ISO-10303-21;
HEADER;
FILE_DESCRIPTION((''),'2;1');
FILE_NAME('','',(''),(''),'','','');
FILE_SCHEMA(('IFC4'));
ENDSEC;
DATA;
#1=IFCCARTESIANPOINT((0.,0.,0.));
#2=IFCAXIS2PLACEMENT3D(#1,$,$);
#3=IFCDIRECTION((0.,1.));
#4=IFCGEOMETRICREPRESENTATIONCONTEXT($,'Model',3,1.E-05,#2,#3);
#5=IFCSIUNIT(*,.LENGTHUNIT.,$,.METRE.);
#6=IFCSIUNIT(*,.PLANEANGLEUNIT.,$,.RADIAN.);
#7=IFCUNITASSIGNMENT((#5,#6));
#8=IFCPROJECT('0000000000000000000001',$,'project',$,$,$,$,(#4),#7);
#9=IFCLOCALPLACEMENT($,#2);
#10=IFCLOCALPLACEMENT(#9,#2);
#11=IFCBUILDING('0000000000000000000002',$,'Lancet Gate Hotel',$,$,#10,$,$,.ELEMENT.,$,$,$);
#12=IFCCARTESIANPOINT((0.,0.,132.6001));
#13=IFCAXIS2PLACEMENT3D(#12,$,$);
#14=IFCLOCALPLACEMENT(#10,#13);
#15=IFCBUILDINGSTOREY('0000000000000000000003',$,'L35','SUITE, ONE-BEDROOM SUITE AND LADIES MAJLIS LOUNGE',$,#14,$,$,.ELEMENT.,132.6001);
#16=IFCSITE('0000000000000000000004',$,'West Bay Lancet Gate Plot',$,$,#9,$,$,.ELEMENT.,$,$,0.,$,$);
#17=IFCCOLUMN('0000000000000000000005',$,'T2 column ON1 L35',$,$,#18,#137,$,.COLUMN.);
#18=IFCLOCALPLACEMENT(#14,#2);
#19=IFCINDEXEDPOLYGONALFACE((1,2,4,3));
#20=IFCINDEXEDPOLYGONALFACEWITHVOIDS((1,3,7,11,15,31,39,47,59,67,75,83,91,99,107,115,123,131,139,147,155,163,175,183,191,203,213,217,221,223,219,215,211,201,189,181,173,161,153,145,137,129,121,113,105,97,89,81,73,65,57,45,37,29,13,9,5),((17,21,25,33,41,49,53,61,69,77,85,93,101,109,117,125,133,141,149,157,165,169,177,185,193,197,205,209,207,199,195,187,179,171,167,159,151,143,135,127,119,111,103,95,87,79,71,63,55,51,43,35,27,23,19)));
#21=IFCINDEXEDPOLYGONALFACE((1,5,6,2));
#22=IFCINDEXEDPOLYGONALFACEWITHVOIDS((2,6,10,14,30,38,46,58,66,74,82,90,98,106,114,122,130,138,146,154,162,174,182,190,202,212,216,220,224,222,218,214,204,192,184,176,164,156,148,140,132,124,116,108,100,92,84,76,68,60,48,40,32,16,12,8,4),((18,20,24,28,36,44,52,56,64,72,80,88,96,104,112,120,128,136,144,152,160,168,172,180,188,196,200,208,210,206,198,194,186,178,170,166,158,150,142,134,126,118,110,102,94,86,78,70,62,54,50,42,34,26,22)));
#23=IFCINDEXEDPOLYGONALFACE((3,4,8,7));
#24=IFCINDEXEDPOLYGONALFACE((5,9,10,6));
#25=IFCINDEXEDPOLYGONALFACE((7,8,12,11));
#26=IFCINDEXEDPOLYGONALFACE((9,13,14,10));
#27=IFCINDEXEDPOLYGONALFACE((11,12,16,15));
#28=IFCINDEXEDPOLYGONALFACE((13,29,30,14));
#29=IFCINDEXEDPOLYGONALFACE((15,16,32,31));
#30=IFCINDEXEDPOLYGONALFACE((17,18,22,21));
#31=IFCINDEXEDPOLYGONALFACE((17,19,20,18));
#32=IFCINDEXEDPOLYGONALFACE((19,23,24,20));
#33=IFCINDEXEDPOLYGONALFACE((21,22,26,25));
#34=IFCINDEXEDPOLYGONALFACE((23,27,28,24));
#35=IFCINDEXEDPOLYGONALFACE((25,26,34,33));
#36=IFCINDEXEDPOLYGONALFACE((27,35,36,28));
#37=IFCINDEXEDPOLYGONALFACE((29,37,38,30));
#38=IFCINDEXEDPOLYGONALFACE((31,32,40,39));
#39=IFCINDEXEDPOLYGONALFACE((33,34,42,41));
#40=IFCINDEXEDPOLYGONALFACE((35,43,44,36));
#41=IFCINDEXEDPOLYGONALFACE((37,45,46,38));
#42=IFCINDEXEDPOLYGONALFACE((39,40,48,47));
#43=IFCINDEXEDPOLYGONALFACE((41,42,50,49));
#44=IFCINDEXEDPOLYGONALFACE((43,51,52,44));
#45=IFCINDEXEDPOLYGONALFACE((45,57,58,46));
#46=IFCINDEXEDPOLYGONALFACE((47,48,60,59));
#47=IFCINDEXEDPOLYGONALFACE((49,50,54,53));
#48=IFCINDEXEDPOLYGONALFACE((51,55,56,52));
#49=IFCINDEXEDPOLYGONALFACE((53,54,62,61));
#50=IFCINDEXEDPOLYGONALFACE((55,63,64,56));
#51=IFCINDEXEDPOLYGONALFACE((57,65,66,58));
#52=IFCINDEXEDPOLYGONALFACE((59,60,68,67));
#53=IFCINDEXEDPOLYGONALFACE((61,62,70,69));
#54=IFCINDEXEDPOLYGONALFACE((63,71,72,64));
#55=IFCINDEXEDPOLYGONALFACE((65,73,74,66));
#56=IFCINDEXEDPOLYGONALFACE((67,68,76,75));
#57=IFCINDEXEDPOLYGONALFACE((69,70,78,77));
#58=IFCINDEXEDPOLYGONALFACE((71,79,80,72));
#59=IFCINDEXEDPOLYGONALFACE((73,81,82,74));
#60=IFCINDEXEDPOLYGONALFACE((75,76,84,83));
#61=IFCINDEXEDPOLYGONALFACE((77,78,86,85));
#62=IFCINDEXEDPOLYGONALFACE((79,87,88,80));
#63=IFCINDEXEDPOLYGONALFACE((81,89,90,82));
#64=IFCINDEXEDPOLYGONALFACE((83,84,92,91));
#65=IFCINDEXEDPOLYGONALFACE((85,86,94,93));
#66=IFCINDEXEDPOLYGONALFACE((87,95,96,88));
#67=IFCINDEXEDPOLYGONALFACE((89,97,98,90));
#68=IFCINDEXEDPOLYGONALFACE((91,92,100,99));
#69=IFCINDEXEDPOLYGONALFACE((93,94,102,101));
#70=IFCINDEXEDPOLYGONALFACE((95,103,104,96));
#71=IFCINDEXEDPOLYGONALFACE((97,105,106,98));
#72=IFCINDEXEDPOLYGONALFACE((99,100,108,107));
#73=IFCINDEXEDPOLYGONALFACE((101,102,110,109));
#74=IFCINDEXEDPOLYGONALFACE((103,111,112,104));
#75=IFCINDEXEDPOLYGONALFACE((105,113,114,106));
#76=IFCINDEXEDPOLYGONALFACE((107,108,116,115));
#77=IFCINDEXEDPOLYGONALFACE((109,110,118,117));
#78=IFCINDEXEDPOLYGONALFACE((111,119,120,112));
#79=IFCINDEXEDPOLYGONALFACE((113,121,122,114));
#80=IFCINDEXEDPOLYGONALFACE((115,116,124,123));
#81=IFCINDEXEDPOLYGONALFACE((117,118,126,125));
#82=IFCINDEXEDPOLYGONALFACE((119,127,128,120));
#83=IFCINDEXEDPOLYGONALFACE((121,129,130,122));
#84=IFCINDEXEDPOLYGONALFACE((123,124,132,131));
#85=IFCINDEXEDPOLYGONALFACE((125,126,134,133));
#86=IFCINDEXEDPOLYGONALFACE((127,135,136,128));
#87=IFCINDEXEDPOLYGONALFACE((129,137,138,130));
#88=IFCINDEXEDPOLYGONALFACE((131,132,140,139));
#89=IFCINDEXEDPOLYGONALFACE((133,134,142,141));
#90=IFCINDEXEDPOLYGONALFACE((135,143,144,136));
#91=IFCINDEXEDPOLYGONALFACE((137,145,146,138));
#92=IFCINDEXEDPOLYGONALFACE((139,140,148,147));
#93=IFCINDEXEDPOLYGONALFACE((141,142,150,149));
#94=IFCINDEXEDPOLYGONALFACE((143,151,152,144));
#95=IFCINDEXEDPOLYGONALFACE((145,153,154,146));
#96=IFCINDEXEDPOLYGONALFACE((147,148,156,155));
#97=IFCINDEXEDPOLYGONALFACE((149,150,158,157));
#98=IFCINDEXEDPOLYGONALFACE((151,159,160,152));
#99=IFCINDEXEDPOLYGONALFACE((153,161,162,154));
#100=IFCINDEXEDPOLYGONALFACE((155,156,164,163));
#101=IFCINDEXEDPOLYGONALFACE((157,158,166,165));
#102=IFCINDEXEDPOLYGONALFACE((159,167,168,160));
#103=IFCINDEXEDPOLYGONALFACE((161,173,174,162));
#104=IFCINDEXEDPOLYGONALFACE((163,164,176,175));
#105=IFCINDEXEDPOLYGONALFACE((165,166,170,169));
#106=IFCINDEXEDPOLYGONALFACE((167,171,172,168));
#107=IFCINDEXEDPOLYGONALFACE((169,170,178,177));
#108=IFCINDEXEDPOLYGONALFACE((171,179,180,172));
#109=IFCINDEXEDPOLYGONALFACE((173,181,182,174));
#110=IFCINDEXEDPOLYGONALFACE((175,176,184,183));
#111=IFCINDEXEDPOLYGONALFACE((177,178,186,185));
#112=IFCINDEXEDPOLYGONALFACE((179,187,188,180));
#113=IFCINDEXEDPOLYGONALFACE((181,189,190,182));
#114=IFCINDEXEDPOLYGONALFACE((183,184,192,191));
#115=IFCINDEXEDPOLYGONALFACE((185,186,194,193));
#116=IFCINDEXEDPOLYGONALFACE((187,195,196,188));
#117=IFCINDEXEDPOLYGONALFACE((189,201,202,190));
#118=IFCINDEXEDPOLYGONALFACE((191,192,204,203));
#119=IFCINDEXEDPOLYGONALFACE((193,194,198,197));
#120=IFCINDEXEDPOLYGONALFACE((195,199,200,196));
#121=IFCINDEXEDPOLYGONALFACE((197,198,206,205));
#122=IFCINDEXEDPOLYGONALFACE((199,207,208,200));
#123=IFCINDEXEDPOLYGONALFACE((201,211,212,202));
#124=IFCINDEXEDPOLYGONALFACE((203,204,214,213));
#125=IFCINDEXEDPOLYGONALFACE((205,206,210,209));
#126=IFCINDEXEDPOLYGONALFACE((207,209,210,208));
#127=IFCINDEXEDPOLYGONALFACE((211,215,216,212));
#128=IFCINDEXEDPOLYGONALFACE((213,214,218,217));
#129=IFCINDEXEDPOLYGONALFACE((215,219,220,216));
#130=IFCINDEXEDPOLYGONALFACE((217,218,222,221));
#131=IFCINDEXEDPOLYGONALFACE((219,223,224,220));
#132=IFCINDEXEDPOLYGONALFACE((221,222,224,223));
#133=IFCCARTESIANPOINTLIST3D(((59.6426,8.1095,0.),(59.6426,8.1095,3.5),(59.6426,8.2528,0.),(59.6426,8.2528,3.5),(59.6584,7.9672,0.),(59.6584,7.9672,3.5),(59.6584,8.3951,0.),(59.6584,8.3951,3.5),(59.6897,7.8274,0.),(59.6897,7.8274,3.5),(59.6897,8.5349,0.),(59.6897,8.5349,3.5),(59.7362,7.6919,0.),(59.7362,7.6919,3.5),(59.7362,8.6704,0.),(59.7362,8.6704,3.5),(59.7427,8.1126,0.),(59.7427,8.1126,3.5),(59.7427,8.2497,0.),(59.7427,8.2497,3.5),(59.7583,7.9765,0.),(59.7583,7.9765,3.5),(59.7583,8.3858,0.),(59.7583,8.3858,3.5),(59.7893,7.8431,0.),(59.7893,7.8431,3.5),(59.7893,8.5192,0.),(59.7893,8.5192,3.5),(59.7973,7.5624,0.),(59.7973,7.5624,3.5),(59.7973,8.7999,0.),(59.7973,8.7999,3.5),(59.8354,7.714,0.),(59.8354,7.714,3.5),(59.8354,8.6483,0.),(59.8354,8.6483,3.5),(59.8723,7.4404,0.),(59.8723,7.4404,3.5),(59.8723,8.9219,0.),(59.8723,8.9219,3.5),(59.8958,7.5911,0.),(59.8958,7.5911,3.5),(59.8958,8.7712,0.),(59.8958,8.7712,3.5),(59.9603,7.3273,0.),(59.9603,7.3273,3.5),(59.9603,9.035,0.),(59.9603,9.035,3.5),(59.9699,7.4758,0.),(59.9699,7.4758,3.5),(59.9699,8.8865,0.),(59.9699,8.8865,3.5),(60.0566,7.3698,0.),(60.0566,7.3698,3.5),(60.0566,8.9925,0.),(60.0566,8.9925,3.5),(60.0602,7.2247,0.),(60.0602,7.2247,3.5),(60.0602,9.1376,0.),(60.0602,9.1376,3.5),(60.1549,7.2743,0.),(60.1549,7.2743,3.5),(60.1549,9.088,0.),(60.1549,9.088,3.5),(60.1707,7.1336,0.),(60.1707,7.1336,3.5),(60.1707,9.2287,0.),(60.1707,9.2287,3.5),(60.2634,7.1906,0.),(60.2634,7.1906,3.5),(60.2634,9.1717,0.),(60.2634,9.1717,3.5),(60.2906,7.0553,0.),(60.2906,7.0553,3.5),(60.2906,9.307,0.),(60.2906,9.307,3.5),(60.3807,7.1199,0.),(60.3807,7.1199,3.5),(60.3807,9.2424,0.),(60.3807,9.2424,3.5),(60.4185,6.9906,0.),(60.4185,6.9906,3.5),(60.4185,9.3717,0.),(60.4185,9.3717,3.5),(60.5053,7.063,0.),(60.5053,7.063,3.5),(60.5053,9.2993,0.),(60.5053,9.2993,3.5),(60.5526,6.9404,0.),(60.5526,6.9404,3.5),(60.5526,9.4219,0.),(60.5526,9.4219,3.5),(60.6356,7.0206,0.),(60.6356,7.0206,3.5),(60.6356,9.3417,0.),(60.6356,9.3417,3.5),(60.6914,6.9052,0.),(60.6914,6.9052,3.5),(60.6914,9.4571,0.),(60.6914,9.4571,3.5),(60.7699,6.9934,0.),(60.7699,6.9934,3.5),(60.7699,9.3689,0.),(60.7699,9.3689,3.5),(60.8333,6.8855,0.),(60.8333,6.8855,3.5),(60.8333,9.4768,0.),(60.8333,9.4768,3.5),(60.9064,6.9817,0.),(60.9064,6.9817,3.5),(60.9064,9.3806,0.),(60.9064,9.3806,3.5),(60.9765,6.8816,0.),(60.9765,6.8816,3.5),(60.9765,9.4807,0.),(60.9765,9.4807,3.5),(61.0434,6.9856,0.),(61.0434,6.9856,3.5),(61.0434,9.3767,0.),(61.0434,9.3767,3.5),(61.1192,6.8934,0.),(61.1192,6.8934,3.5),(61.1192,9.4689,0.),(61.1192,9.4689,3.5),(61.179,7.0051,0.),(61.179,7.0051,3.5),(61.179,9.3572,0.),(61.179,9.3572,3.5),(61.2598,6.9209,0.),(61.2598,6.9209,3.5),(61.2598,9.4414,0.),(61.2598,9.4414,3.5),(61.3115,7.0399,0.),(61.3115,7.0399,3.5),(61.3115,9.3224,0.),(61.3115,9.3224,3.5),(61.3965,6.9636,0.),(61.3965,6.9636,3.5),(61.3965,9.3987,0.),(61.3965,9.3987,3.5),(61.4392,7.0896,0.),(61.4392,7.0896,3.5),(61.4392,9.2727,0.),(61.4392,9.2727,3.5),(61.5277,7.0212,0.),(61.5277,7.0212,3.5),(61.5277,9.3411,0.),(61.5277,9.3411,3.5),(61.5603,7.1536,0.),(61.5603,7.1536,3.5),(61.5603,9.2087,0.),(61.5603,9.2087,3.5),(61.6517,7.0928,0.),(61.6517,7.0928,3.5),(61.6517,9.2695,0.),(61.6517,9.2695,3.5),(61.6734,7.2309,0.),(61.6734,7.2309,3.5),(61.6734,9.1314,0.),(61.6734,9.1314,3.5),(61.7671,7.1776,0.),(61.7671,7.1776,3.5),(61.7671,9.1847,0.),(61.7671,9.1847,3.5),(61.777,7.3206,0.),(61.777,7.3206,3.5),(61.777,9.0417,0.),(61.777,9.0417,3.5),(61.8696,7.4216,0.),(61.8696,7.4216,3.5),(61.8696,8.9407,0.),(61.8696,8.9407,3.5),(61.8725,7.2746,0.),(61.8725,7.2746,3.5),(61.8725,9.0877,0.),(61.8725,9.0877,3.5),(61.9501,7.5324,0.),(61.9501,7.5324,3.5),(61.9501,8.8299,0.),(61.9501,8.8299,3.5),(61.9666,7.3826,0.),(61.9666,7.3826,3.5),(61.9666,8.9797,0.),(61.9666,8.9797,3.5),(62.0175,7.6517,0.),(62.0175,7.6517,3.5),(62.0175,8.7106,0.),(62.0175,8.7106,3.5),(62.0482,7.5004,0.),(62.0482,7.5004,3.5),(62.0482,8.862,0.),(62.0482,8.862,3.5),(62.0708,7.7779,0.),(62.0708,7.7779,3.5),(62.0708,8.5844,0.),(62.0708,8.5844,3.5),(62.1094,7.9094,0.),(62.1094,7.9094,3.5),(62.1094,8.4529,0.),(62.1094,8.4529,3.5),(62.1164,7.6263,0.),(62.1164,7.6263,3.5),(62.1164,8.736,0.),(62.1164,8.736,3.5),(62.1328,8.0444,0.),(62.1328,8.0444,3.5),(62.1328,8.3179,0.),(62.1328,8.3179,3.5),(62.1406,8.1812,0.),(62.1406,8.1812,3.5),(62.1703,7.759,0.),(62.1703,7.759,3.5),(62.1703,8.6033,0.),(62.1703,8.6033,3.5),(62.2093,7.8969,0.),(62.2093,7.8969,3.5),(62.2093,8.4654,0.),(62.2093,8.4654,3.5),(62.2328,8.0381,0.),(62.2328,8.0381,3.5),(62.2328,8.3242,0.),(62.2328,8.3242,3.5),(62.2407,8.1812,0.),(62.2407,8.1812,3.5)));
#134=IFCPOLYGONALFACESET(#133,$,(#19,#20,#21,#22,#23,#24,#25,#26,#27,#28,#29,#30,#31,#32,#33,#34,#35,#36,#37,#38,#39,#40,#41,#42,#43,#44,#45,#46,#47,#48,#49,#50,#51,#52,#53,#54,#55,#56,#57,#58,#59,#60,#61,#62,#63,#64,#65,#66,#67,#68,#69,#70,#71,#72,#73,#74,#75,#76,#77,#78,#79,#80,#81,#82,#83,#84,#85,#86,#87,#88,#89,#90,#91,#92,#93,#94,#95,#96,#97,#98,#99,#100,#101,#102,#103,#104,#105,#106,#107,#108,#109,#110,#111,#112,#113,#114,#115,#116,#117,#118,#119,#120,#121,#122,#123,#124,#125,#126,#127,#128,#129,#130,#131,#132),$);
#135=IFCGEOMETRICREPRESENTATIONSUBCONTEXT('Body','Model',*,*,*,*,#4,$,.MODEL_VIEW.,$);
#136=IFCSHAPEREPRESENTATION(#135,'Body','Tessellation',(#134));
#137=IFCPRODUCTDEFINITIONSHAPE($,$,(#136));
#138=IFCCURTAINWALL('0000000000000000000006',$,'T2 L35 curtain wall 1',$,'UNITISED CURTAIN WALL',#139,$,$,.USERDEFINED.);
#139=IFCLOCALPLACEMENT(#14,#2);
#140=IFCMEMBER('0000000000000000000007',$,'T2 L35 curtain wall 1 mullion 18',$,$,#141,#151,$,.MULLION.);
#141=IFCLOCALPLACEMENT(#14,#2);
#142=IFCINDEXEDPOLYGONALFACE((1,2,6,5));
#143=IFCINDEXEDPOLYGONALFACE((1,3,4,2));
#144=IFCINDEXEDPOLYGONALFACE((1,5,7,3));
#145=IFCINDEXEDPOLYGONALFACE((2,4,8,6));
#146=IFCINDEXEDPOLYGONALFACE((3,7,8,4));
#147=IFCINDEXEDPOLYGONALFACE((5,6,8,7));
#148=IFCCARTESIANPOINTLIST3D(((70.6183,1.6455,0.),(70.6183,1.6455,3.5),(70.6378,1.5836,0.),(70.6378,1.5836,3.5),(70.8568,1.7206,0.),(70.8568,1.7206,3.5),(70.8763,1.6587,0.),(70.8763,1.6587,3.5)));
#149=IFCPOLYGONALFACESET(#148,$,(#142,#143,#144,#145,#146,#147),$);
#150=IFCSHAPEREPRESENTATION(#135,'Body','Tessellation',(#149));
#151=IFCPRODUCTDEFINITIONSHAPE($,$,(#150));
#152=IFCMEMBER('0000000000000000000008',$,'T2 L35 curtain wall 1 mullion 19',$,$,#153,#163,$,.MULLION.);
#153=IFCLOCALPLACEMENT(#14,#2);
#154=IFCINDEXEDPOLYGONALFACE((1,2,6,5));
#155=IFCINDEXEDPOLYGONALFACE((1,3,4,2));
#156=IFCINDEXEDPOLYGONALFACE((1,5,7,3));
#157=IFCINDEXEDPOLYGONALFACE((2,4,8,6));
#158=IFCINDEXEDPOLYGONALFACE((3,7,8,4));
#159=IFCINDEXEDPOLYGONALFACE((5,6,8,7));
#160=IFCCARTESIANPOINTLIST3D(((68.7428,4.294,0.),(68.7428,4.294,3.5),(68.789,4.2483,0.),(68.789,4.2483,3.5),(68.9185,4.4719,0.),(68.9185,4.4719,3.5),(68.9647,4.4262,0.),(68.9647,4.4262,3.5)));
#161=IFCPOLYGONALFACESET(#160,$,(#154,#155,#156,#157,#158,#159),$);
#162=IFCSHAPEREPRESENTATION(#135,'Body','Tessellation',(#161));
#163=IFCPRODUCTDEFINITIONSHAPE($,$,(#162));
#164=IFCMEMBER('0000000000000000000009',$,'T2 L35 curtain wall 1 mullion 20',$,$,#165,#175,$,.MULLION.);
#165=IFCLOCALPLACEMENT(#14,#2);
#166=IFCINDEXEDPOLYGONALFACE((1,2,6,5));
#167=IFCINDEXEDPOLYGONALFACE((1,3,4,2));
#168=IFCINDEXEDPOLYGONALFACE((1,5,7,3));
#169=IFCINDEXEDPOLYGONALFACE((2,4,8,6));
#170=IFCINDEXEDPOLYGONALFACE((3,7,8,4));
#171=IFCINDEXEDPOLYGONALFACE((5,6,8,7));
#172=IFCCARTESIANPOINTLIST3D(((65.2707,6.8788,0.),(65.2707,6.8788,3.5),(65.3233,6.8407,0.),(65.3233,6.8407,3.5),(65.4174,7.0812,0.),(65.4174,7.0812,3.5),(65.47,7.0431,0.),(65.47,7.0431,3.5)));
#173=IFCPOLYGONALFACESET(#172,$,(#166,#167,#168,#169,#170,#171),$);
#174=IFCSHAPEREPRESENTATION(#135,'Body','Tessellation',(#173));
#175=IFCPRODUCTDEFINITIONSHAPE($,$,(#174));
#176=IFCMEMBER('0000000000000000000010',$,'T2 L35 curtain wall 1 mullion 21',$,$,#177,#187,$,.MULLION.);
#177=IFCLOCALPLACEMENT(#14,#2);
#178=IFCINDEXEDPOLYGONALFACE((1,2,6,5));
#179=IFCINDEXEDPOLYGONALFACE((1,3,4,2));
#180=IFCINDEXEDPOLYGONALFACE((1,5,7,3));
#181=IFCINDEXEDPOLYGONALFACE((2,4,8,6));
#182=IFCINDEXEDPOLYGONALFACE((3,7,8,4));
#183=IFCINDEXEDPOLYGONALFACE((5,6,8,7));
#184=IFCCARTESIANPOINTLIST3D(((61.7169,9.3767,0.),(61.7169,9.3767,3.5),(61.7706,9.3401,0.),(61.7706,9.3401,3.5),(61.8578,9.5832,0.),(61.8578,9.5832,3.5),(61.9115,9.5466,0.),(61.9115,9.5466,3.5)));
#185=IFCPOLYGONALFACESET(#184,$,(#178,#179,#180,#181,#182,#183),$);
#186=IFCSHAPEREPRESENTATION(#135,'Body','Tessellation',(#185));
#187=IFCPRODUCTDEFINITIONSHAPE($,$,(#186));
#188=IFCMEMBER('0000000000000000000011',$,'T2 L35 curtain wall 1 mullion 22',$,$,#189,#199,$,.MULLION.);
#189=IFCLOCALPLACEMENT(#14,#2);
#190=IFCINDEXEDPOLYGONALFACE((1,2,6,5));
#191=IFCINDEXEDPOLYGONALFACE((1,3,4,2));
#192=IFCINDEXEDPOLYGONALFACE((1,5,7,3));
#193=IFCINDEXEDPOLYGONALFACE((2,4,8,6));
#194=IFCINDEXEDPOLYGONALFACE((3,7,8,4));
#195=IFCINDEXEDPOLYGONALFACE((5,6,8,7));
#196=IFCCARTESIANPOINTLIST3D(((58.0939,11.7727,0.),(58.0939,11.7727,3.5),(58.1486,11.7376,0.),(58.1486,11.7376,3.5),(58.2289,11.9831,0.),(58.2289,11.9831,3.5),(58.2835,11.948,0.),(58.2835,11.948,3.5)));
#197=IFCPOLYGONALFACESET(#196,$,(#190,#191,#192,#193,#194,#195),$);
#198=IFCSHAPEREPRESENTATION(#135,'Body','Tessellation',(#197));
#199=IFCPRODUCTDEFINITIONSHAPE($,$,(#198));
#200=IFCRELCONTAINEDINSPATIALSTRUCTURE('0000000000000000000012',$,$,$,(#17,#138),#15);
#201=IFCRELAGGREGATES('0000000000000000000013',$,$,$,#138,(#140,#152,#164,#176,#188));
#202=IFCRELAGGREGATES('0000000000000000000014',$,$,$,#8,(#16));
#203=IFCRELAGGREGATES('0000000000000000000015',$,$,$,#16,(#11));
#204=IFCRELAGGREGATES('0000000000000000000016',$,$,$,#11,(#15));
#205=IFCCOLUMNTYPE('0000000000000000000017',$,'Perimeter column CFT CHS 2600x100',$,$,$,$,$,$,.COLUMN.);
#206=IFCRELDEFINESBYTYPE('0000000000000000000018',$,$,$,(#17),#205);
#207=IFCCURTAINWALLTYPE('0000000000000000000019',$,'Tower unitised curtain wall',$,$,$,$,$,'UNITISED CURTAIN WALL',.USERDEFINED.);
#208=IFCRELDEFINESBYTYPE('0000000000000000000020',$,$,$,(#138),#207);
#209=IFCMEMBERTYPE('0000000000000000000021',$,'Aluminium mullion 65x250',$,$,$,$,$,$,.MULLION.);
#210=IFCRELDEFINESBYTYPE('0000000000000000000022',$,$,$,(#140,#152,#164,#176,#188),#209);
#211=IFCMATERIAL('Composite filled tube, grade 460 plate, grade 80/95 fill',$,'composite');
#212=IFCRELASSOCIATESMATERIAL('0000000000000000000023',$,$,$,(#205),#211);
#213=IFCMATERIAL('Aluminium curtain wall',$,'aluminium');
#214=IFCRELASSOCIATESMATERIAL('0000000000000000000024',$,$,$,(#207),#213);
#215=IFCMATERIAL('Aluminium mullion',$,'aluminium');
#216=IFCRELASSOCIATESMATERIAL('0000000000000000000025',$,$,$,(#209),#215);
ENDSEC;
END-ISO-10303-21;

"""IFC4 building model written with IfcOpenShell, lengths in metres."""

from ifc_helpers import new_model, si_unit, direction, frame, origin, origin_2d, place, context, subcontext, project, spatial, rectangle, hollow_circle, extrude, material, material_profile, profile_set, type_object, element, aggregate, save


model = new_model("IFC4")

# Units and contexts
model_context = context("Model", 3, precision=1e-05, world=origin(), true_north=direction((0.0, 1.0)))
body_context = subcontext(model_context, "Body", "Model", "MODEL_VIEW")
ifc_project = project(units=[si_unit("LENGTHUNIT", "METRE"), si_unit("PLANEANGLEUNIT", "RADIAN")], contexts=[model_context])

# Site, building, storey
site_placement = place(None, origin())
site = spatial("IfcSite", under=ifc_project, at=site_placement, Name="West Bay Lancet Gate Plot", CompositionType="ELEMENT", RefElevation=0.0)
building_placement = place(site_placement, origin())
building = spatial("IfcBuilding", under=site, at=building_placement, Name="Lancet Gate Hotel", CompositionType="ELEMENT")
storey_placement = place(building_placement, frame((0.0, 0.0, 132.6001)))
storey = spatial("IfcBuildingStorey", under=building, at=storey_placement, Name="L35", Description="SUITE, ONE-BEDROOM SUITE AND LADIES MAJLIS LOUNGE", CompositionType="ELEMENT", Elevation=132.6001)

# Column
ifc_material_1 = material(Name="Composite filled tube, grade 460 plate, grade 80/95 fill", Category="composite")
ifc_material_profile_1 = material_profile(ifc_material_1, hollow_circle(Radius=1.3, WallThickness=0.1001, at=origin_2d()), Name="CHS 2600x100")
ifc_profile_set_1 = profile_set([ifc_material_profile_1], Name="Composite filled tube, grade 460 plate, grade 80/95 fill")
column_type_1 = type_object("IfcColumnType", Name="Perimeter column CFT CHS 2600x100", PredefinedType="COLUMN", material=ifc_profile_set_1)
column_1_placement = place(storey_placement, frame((60.9407, 8.1812, 0.0), z_axis=(0.0, 0.0, 1.0), x_axis=(1.0, 0.0, 0.0)))
element("IfcColumn", 1, at=column_1_placement, inside=storey, type_object=column_type_1, Name="T2 column ON1 L35", PredefinedType="COLUMN", context=body_context, shape_type="SweptSolid", body=[
    extrude(hollow_circle(Radius=1.3, WallThickness=0.1001, at=origin_2d()), origin(), (0.0, 0.0, 1.0), 3.5),
])

# Curtain wall, members
ifc_material_2 = material(Name="Aluminium curtain wall", Category="aluminium")
curtain_wall_type = type_object("IfcCurtainWallType", Name="Tower unitised curtain wall", ElementType="UNITISED CURTAIN WALL", PredefinedType="USERDEFINED", material=ifc_material_2)
curtain_wall_placement = place(storey_placement, origin())
curtain_wall = element("IfcCurtainWall", 2, at=curtain_wall_placement, inside=storey, type_object=curtain_wall_type, Name="T2 L35 curtain wall 1", ObjectType="UNITISED CURTAIN WALL", PredefinedType="USERDEFINED")
ifc_material_3 = material(Name="Aluminium mullion", Category="aluminium")
ifc_material_profile_2 = material_profile(ifc_material_3, rectangle(XDim=0.0649, YDim=0.25, at=origin_2d()), Name="MULLION 65x250")
ifc_profile_set_2 = profile_set([ifc_material_profile_2], Name="Aluminium mullion")
member_type_1 = type_object("IfcMemberType", Name="Aluminium mullion 65x250", PredefinedType="MULLION", material=ifc_profile_set_2)
member_1_placement = place(storey_placement, frame((70.7473, 1.6521, 0.0), z_axis=(0.0, 0.0, 1.0), x_axis=(-0.300385, 0.953818, 0.0)))
member_1 = element("IfcMember", 3, at=member_1_placement, type_object=member_type_1, Name="T2 L35 curtain wall 1 mullion 18", PredefinedType="MULLION", context=body_context, shape_type="SweptSolid", body=[
    extrude(rectangle(XDim=0.0649, YDim=0.25, at=origin_2d()), origin(), (0.0, 0.0, 1.0), 3.5),
])
member_2_placement = place(storey_placement, frame((68.8538, 4.3601, 0.0), z_axis=(0.0, 0.0, 1.0), x_axis=(-0.71161, 0.702574, 0.0)))
member_2 = element("IfcMember", 4, at=member_2_placement, type_object=member_type_1, Name="T2 L35 curtain wall 1 mullion 19", PredefinedType="MULLION", context=body_context, shape_type="SweptSolid", body=[
    extrude(rectangle(XDim=0.0649, YDim=0.25, at=origin_2d()), origin(), (0.0, 0.0, 1.0), 3.5),
])
member_3_placement = place(storey_placement, frame((65.3704, 6.9609, 0.0), z_axis=(0.0, 0.0, 1.0), x_axis=(-0.809729, 0.586805, 0.0)))
member_3 = element("IfcMember", 5, at=member_3_placement, type_object=member_type_1, Name="T2 L35 curtain wall 1 mullion 20", PredefinedType="MULLION", context=body_context, shape_type="SweptSolid", body=[
    extrude(rectangle(XDim=0.0649, YDim=0.25, at=origin_2d()), origin(), (0.0, 0.0, 1.0), 3.5),
])
member_4_placement = place(storey_placement, frame((61.8142, 9.4617, 0.0), z_axis=(0.0, 0.0, 1.0), x_axis=(-0.826066, 0.563574, 0.0)))
member_4 = element("IfcMember", 6, at=member_4_placement, type_object=member_type_1, Name="T2 L35 curtain wall 1 mullion 21", PredefinedType="MULLION", context=body_context, shape_type="SweptSolid", body=[
    extrude(rectangle(XDim=0.0649, YDim=0.25, at=origin_2d()), origin(), (0.0, 0.0, 1.0), 3.5),
])
member_5_placement = place(storey_placement, frame((58.1887, 11.8604, 0.0), z_axis=(0.0, 0.0, 1.0), x_axis=(-0.841736, 0.539889, 0.0)))
member_5 = element("IfcMember", 7, at=member_5_placement, type_object=member_type_1, Name="T2 L35 curtain wall 1 mullion 22", PredefinedType="MULLION", context=body_context, shape_type="SweptSolid", body=[
    extrude(rectangle(XDim=0.0649, YDim=0.25, at=origin_2d()), origin(), (0.0, 0.0, 1.0), 3.5),
])

aggregate(curtain_wall, [member_1, member_2, member_3, member_4, member_5])

save(model, "model.ifc")
